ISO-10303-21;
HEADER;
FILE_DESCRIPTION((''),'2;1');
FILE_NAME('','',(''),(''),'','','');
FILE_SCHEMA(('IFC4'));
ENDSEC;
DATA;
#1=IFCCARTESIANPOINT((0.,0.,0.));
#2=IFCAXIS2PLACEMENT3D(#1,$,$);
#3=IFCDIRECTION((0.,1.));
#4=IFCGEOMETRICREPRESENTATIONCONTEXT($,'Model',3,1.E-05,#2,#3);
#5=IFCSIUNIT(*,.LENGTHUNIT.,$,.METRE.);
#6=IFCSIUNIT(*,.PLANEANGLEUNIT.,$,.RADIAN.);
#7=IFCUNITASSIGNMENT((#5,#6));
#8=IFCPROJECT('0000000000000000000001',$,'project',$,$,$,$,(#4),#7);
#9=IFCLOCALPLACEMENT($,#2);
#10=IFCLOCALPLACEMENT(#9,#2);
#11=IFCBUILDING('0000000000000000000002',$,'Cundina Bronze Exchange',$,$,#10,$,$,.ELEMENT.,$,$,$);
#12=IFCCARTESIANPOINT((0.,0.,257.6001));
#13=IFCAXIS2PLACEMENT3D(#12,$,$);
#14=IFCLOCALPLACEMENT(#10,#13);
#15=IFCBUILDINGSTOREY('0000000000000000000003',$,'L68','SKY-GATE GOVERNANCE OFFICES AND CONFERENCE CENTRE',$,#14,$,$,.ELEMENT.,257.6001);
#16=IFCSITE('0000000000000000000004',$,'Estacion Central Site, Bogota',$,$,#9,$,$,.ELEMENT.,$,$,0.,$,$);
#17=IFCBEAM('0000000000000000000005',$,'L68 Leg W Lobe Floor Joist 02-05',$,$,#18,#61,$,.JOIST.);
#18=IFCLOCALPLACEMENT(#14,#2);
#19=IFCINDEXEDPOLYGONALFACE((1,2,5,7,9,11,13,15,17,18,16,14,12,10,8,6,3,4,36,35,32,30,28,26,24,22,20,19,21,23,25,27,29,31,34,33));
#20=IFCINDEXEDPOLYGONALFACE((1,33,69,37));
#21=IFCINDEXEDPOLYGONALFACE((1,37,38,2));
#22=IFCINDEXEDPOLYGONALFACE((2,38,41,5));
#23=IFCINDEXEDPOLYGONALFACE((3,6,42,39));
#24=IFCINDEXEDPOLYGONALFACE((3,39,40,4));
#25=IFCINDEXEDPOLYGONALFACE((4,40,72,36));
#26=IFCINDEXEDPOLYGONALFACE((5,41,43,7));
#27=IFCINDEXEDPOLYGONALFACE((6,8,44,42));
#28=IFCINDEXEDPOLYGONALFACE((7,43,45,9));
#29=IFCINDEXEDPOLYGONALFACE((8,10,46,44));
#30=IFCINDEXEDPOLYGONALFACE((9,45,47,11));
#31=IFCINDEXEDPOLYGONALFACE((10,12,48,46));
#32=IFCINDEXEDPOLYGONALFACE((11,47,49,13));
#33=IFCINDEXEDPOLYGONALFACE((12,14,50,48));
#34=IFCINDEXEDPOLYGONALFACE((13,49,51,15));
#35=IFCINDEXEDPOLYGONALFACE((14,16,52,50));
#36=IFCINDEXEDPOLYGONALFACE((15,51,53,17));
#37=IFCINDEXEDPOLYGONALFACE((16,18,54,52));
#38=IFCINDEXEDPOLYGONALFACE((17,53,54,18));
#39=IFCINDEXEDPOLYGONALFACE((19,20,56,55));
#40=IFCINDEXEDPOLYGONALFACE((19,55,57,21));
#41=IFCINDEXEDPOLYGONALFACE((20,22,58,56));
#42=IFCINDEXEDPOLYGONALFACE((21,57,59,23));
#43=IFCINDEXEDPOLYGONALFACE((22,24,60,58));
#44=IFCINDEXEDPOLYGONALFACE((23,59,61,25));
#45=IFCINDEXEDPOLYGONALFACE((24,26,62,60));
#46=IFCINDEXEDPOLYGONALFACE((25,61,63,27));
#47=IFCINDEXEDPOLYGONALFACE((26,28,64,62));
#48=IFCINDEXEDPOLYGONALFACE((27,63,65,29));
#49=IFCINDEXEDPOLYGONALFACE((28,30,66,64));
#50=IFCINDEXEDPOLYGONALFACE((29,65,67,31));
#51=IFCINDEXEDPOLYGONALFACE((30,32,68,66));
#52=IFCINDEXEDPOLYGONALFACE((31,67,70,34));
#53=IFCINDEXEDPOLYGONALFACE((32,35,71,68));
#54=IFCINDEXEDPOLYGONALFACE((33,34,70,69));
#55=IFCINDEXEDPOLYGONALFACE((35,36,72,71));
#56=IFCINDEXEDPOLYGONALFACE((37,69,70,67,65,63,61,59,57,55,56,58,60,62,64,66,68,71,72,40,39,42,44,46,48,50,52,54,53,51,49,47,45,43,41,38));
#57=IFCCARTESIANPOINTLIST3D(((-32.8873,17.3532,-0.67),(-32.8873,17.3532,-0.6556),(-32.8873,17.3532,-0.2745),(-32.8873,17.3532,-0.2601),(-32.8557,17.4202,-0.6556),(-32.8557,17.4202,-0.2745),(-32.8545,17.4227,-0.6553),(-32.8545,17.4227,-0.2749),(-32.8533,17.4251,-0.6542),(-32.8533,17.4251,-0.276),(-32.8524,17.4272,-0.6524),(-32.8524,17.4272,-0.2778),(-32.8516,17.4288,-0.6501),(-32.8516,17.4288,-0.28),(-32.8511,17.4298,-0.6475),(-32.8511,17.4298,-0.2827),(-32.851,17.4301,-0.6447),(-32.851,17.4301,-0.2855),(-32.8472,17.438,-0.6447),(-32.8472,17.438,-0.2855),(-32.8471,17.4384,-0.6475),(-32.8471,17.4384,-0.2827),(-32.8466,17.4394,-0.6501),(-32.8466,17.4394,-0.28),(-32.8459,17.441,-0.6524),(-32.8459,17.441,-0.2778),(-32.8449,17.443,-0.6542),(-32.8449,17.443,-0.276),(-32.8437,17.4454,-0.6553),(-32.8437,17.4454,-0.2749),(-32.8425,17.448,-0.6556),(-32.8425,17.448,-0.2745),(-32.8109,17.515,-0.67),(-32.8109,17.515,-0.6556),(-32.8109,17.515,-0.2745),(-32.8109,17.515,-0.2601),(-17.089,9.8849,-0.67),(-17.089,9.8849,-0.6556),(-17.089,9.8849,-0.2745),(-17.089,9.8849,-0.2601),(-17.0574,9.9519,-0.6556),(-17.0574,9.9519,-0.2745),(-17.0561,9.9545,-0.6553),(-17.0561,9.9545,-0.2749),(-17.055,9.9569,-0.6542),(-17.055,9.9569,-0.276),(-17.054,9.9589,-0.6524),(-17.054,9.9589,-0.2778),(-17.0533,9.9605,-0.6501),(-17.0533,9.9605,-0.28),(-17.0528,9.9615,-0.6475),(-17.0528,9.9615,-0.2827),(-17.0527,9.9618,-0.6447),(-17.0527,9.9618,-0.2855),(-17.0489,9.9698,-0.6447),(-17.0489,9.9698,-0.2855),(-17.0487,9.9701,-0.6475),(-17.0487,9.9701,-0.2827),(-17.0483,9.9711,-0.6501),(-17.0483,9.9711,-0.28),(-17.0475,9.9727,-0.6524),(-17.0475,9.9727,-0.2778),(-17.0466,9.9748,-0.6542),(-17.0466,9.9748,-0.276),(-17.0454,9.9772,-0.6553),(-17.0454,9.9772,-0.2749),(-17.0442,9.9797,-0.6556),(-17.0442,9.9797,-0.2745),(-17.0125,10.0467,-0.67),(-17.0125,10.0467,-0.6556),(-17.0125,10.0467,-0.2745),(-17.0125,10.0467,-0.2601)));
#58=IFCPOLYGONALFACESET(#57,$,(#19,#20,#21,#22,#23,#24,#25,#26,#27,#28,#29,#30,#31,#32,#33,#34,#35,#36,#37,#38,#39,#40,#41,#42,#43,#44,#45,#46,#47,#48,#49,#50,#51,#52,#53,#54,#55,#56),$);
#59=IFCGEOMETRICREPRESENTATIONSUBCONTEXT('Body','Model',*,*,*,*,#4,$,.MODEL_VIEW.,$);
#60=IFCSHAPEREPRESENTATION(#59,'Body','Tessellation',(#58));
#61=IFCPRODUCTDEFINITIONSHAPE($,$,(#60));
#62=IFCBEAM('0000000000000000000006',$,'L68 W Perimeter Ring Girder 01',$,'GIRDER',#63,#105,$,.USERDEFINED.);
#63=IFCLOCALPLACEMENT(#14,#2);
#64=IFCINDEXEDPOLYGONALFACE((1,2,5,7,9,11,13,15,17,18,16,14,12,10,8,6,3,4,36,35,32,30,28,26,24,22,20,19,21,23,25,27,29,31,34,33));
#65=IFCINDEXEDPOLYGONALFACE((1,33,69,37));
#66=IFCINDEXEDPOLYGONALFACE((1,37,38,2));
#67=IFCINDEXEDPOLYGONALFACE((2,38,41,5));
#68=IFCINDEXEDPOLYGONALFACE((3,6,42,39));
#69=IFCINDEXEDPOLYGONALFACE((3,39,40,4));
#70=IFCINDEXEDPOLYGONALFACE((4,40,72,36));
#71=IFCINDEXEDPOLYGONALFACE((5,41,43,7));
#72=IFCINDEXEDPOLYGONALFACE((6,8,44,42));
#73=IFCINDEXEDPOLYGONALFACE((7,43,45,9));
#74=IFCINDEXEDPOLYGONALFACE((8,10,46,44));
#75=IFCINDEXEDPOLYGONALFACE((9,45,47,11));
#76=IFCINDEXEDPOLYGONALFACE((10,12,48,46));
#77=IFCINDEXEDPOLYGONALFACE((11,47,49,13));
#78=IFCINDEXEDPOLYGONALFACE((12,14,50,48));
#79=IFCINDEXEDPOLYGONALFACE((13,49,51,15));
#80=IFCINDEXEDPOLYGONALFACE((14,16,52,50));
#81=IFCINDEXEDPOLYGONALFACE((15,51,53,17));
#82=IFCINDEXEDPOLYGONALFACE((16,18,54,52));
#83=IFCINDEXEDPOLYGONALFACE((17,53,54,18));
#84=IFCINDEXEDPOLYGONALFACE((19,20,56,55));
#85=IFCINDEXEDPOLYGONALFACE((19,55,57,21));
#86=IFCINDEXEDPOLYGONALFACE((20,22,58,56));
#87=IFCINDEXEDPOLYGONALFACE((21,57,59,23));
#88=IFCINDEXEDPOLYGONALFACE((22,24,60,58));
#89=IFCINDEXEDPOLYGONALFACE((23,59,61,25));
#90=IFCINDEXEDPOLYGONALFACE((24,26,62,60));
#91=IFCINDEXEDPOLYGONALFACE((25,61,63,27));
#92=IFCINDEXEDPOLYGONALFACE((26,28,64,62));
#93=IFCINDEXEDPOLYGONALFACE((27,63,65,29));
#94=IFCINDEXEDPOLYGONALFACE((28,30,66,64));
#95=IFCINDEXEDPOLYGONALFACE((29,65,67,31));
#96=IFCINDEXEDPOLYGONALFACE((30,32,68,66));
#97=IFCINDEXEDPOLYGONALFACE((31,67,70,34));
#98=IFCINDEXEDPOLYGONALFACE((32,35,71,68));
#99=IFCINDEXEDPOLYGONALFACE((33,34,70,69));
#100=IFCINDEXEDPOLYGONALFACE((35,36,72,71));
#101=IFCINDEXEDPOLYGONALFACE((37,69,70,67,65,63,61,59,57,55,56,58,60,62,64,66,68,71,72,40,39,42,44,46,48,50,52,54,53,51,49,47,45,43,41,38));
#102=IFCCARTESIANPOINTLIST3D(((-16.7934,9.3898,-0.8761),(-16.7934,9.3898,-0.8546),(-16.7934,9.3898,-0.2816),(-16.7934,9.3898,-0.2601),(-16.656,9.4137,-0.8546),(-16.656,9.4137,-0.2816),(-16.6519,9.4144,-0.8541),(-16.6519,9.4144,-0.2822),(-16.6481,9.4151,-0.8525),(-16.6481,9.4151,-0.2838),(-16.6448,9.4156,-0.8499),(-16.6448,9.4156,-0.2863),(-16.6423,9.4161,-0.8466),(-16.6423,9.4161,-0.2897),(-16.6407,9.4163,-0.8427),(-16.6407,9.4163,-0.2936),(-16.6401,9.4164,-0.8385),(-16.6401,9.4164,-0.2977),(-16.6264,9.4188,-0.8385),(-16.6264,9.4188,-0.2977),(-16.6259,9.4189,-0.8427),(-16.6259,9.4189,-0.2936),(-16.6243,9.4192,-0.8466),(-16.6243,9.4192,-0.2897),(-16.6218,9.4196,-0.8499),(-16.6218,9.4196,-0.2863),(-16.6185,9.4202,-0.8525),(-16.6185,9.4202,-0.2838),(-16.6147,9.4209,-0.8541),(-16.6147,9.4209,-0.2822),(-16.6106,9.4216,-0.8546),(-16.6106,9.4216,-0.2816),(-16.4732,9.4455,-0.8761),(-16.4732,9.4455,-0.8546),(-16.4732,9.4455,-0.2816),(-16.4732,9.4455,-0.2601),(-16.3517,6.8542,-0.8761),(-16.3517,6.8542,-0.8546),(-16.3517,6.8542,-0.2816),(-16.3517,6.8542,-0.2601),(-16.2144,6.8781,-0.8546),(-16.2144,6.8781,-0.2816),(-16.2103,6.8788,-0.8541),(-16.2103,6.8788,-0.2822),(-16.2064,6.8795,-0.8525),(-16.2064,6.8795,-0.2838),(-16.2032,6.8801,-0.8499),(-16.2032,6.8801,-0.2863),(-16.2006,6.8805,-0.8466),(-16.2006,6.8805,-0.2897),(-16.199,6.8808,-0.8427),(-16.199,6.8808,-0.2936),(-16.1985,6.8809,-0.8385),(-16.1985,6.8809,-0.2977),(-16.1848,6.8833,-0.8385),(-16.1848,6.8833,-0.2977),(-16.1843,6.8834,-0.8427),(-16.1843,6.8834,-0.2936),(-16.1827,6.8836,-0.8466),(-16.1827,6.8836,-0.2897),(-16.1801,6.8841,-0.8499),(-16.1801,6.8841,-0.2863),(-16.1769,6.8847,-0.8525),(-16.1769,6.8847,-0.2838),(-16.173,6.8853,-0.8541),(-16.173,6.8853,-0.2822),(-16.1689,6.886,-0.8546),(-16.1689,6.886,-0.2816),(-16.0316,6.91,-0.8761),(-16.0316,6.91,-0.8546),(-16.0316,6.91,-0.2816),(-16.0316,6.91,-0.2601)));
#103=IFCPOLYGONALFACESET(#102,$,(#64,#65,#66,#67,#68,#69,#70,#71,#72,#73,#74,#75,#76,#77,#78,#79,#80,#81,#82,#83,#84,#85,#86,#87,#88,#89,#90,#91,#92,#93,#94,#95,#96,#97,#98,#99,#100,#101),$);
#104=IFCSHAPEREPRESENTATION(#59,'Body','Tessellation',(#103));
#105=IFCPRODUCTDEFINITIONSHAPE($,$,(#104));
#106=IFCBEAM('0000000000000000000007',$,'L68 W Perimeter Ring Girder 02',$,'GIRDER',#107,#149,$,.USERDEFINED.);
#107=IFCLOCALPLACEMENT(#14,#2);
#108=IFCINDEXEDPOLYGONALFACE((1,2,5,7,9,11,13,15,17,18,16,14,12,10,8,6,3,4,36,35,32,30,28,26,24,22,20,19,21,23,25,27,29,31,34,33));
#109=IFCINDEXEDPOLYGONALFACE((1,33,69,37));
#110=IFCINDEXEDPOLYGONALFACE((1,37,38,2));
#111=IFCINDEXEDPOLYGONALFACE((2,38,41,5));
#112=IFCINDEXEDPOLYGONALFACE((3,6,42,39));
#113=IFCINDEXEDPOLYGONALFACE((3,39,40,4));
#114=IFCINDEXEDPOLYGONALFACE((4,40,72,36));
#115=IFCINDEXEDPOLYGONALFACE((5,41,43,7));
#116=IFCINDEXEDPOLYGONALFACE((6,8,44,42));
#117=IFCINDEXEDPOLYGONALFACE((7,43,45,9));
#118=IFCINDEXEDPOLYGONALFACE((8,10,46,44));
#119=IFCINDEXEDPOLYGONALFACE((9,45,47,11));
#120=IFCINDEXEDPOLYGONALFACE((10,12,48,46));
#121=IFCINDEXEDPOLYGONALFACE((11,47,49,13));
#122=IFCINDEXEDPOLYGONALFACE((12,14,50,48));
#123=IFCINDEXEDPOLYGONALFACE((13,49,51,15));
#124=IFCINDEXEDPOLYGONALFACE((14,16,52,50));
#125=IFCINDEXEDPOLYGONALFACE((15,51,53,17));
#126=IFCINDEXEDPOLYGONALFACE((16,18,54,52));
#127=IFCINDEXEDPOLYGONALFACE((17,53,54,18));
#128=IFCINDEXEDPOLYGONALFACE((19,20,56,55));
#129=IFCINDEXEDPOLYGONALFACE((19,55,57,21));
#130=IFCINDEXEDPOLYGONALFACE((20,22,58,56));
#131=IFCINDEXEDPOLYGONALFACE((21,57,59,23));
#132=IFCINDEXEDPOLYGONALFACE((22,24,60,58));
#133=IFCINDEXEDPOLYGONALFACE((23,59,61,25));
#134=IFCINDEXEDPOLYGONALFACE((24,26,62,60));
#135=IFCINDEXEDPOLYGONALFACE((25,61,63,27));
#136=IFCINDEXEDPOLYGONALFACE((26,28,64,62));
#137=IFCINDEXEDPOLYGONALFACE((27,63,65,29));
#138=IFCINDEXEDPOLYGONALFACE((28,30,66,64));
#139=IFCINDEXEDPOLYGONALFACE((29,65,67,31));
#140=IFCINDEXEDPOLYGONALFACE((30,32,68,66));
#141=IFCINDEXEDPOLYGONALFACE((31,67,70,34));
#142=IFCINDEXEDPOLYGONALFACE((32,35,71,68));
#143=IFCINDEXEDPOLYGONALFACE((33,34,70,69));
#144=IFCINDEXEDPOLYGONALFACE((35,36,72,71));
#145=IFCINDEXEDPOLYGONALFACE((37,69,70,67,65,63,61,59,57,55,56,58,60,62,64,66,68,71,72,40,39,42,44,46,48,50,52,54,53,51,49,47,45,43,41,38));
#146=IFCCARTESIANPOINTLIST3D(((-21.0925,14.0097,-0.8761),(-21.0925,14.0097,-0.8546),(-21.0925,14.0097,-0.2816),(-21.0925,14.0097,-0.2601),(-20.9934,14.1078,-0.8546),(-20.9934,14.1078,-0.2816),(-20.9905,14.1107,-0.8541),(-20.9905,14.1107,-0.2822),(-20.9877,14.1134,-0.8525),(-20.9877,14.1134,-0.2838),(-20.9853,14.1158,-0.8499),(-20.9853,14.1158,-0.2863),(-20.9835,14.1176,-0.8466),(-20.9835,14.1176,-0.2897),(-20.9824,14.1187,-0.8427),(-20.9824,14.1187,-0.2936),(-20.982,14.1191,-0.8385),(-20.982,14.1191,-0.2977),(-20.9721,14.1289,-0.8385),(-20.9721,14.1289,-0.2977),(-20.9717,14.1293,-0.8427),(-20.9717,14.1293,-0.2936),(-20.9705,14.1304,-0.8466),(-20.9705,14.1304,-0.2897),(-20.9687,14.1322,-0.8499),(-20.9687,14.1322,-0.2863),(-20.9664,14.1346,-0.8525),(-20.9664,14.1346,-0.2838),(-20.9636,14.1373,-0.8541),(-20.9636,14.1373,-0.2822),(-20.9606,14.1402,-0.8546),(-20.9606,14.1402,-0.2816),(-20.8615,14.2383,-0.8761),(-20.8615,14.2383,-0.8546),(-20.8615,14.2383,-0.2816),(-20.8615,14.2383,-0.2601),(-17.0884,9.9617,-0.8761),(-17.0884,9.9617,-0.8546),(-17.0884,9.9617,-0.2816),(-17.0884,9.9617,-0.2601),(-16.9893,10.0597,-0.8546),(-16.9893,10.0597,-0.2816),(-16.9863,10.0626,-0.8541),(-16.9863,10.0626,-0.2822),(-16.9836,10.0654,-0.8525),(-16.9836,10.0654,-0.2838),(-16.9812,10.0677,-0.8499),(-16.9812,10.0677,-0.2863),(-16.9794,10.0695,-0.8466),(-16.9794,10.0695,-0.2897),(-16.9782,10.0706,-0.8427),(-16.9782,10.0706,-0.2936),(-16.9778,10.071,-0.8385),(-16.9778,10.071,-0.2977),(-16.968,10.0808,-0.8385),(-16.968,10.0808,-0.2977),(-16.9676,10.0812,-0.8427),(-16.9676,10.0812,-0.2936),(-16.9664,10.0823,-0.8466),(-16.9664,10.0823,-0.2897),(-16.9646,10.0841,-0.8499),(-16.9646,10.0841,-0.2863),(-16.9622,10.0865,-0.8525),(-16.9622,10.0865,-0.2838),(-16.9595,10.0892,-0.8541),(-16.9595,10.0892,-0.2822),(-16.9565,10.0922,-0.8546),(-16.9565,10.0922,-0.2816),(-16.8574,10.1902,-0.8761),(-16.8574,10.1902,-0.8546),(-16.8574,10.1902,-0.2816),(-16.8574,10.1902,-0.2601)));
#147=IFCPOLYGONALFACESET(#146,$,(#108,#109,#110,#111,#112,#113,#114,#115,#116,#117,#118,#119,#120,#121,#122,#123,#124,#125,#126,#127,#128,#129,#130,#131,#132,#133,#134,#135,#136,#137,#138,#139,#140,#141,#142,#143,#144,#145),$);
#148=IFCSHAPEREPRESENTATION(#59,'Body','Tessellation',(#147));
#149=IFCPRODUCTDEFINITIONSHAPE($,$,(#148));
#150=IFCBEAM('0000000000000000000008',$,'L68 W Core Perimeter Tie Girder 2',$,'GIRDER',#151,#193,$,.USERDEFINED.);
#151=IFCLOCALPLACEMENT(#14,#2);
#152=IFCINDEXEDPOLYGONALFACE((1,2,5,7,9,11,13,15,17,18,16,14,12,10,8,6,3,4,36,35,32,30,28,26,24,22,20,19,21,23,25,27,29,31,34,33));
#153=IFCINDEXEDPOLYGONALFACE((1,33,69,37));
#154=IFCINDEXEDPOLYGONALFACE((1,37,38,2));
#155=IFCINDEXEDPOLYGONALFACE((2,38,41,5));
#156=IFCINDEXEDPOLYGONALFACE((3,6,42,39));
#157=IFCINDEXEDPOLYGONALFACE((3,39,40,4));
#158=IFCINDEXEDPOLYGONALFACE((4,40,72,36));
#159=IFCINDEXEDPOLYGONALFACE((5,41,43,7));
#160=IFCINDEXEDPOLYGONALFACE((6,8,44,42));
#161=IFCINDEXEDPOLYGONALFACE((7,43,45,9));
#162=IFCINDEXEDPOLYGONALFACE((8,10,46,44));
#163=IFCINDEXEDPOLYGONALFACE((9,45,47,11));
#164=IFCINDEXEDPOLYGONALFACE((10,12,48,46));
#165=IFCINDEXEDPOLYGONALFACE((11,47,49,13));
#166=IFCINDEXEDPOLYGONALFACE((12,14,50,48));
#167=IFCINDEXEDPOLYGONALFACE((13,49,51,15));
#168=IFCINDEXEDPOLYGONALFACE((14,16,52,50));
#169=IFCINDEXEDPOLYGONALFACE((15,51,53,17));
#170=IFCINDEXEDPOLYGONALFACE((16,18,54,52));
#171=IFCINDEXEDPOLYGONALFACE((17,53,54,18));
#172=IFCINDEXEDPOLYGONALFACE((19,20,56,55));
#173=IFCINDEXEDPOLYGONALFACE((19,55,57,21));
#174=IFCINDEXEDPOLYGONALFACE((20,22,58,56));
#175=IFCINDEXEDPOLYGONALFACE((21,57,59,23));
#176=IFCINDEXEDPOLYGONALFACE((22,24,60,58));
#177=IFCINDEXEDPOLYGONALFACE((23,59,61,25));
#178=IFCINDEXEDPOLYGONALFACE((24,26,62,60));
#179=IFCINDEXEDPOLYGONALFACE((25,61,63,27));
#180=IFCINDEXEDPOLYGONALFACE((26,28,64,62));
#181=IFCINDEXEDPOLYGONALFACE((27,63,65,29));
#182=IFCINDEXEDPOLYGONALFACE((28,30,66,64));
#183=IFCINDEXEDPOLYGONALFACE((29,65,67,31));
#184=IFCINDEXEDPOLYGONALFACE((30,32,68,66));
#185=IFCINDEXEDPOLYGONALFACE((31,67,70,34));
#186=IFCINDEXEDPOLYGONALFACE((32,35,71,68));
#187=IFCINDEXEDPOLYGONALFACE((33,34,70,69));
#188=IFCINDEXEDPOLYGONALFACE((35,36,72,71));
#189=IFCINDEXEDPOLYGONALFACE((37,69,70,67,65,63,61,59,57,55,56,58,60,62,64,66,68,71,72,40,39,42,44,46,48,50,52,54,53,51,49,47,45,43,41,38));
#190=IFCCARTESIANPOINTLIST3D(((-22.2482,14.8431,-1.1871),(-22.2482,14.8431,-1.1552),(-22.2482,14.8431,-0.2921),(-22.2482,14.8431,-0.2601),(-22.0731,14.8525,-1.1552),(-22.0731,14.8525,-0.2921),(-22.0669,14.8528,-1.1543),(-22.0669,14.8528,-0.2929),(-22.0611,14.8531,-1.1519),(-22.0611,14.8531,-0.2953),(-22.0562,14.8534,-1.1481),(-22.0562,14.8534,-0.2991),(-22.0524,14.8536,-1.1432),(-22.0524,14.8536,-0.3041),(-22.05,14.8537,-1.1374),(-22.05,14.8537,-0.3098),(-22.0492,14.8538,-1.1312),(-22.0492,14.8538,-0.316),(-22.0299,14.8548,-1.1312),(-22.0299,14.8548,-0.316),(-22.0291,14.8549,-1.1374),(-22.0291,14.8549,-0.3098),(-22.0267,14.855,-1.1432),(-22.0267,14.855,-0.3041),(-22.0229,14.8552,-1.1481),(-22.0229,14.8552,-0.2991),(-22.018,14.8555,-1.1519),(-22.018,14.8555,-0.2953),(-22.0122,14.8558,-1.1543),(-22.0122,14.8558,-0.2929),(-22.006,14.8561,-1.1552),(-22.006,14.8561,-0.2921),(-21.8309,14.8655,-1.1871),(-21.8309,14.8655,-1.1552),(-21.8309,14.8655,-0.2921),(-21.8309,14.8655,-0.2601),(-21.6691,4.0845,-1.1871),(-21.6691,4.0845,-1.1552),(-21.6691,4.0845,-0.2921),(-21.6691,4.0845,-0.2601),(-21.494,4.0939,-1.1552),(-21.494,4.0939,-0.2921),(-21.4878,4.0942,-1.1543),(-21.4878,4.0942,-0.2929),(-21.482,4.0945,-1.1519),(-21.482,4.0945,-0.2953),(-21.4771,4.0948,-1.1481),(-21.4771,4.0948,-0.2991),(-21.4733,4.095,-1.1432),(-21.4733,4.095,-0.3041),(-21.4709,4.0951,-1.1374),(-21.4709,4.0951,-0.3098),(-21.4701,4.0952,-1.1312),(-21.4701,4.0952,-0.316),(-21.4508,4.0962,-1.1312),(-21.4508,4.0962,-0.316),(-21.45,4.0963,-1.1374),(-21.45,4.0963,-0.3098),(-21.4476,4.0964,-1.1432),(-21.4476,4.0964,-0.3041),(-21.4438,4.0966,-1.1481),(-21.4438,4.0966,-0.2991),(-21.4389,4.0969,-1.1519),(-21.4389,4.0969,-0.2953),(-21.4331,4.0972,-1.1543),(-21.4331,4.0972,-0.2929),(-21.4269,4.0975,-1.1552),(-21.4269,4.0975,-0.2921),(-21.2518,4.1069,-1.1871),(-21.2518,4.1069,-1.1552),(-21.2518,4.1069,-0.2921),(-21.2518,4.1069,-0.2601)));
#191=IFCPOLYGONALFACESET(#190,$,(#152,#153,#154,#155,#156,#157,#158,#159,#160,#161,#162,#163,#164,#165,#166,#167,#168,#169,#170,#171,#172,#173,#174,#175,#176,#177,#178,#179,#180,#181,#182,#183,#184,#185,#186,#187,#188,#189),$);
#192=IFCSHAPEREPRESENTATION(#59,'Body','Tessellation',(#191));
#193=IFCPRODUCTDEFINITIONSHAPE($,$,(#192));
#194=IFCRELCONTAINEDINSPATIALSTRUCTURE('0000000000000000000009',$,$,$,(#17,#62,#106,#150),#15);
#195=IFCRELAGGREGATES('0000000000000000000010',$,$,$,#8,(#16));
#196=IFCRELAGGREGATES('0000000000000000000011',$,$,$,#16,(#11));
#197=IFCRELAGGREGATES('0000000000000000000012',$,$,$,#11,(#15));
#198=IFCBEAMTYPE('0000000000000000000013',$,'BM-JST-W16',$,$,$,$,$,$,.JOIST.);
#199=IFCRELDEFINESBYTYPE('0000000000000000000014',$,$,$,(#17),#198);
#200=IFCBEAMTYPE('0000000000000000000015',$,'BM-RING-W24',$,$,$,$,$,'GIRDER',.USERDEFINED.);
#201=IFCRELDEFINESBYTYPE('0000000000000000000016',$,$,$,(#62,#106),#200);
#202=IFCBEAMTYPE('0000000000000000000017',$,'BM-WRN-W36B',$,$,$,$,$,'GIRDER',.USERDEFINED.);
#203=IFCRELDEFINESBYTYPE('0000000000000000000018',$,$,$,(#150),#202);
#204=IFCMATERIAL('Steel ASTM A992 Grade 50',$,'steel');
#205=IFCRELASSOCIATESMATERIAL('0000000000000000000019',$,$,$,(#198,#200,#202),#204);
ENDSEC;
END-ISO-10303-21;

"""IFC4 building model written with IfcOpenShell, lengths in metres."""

from ifc_helpers import new_model, si_unit, direction, frame, origin, origin_2d, place, context, subcontext, project, spatial, i_section, extrude, material, material_profile, profile_set, type_object, element, save


model = new_model("IFC4")

# Units and contexts
model_context = context("Model", 3, precision=1e-05, world=origin(), true_north=direction((0.0, 1.0)))
body_context = subcontext(model_context, "Body", "Model", "MODEL_VIEW")
ifc_project = project(units=[si_unit("LENGTHUNIT", "METRE"), si_unit("PLANEANGLEUNIT", "RADIAN")], contexts=[model_context])

# Site, building, storey
site_placement = place(None, origin())
site = spatial("IfcSite", under=ifc_project, at=site_placement, Name="Estacion Central Site, Bogota", CompositionType="ELEMENT", RefElevation=0.0)
building_placement = place(site_placement, origin())
building = spatial("IfcBuilding", under=site, at=building_placement, Name="Cundina Bronze Exchange", CompositionType="ELEMENT")
storey_placement = place(building_placement, frame((0.0, 0.0, 257.6001)))
storey = spatial("IfcBuildingStorey", under=building, at=storey_placement, Name="L68", Description="SKY-GATE GOVERNANCE OFFICES AND CONFERENCE CENTRE", CompositionType="ELEMENT", Elevation=257.6001)

# Beams
ifc_material_1 = material(Name="Steel ASTM A992 Grade 50", Category="steel")
ifc_material_profile_1 = material_profile(ifc_material_1, i_section(OverallWidth=0.179, OverallDepth=0.4099, WebThickness=0.0088, FlangeThickness=0.0144, FilletRadius=0.011, at=origin_2d()), Name="W16X45", Category="steel")
ifc_profile_set_1 = profile_set([ifc_material_profile_1], Name="Steel ASTM A992 Grade 50")
beam_type_1 = type_object("IfcBeamType", Name="BM-JST-W16", PredefinedType="JOIST", material=ifc_profile_set_1)
beam_1_placement = place(storey_placement, frame((-17.0508, 9.9658, -0.4651), z_axis=(-0.904073, 0.427378, 0.0), x_axis=(-0.427378, -0.904073, 0.0)))
element("IfcBeam", 1, at=beam_1_placement, inside=storey, type_object=beam_type_1, Name="L68 Leg W Lobe Floor Joist 02-05", PredefinedType="JOIST", context=body_context, shape_type="SweptSolid", body=[
    extrude(i_section(OverallWidth=0.179, OverallDepth=0.4099, WebThickness=0.0088, FlangeThickness=0.0144, FilletRadius=0.011, at=origin_2d()), origin(), (0.0, 0.0, 1.0), 17.4746),
])
ifc_material_profile_2 = material_profile(ifc_material_1, i_section(OverallWidth=0.325, OverallDepth=0.616, WebThickness=0.0139, FlangeThickness=0.0215, FilletRadius=0.0161, at=origin_2d()), Name="W24X117", Category="steel")
ifc_profile_set_2 = profile_set([ifc_material_profile_2], Name="Steel ASTM A992 Grade 50")
beam_type_2 = type_object("IfcBeamType", Name="BM-RING-W24", ElementType="GIRDER", PredefinedType="USERDEFINED", material=ifc_profile_set_2)
beam_2_placement = place(storey_placement, frame((-16.1917, 6.8821, -0.5681), z_axis=(-0.171593, 0.985168, 0.0), x_axis=(-0.985168, -0.171593, 0.0)))
element("IfcBeam", 2, at=beam_2_placement, inside=storey, type_object=beam_type_2, Name="L68 W Perimeter Ring Girder 01", ObjectType="GIRDER", PredefinedType="USERDEFINED", context=body_context, shape_type="SweptSolid", body=[
    extrude(i_section(OverallWidth=0.325, OverallDepth=0.616, WebThickness=0.0139, FlangeThickness=0.0215, FilletRadius=0.0161, at=origin_2d()), origin(), (0.0, 0.0, 1.0), 2.5737),
])
beam_3_placement = place(storey_placement, frame((-16.9729, 10.0759, -0.5681), z_axis=(-0.703237, 0.710955, 0.0), x_axis=(-0.710955, -0.703237, 0.0)))
element("IfcBeam", 3, at=beam_3_placement, inside=storey, type_object=beam_type_2, Name="L68 W Perimeter Ring Girder 02", ObjectType="GIRDER", PredefinedType="USERDEFINED", context=body_context, shape_type="SweptSolid", body=[
    extrude(i_section(OverallWidth=0.325, OverallDepth=0.616, WebThickness=0.0139, FlangeThickness=0.0215, FilletRadius=0.0161, at=origin_2d()), origin(), (0.0, 0.0, 1.0), 5.6938),
])
ifc_material_profile_3 = material_profile(ifc_material_1, i_section(OverallWidth=0.418, OverallDepth=0.927, WebThickness=0.0193, FlangeThickness=0.032, FilletRadius=0.0239, at=origin_2d()), Name="W36X231", Category="steel")
ifc_profile_set_3 = profile_set([ifc_material_profile_3], Name="Steel ASTM A992 Grade 50")
beam_type_3 = type_object("IfcBeamType", Name="BM-WRN-W36B", ElementType="GIRDER", PredefinedType="USERDEFINED", material=ifc_profile_set_3)
beam_4_placement = place(storey_placement, frame((-21.4604, 4.0957, -0.7236), z_axis=(-0.053749, 0.998554, 0.0), x_axis=(-0.998554, -0.053749, 0.0)))
element("IfcBeam", 4, at=beam_4_placement, inside=storey, type_object=beam_type_3, Name="L68 W Core Perimeter Tie Girder 2", ObjectType="GIRDER", PredefinedType="USERDEFINED", context=body_context, shape_type="SweptSolid", body=[
    extrude(i_section(OverallWidth=0.418, OverallDepth=0.927, WebThickness=0.0193, FlangeThickness=0.032, FilletRadius=0.0239, at=origin_2d()), origin(), (0.0, 0.0, 1.0), 10.7742),
])

save(model, "model.ifc")
